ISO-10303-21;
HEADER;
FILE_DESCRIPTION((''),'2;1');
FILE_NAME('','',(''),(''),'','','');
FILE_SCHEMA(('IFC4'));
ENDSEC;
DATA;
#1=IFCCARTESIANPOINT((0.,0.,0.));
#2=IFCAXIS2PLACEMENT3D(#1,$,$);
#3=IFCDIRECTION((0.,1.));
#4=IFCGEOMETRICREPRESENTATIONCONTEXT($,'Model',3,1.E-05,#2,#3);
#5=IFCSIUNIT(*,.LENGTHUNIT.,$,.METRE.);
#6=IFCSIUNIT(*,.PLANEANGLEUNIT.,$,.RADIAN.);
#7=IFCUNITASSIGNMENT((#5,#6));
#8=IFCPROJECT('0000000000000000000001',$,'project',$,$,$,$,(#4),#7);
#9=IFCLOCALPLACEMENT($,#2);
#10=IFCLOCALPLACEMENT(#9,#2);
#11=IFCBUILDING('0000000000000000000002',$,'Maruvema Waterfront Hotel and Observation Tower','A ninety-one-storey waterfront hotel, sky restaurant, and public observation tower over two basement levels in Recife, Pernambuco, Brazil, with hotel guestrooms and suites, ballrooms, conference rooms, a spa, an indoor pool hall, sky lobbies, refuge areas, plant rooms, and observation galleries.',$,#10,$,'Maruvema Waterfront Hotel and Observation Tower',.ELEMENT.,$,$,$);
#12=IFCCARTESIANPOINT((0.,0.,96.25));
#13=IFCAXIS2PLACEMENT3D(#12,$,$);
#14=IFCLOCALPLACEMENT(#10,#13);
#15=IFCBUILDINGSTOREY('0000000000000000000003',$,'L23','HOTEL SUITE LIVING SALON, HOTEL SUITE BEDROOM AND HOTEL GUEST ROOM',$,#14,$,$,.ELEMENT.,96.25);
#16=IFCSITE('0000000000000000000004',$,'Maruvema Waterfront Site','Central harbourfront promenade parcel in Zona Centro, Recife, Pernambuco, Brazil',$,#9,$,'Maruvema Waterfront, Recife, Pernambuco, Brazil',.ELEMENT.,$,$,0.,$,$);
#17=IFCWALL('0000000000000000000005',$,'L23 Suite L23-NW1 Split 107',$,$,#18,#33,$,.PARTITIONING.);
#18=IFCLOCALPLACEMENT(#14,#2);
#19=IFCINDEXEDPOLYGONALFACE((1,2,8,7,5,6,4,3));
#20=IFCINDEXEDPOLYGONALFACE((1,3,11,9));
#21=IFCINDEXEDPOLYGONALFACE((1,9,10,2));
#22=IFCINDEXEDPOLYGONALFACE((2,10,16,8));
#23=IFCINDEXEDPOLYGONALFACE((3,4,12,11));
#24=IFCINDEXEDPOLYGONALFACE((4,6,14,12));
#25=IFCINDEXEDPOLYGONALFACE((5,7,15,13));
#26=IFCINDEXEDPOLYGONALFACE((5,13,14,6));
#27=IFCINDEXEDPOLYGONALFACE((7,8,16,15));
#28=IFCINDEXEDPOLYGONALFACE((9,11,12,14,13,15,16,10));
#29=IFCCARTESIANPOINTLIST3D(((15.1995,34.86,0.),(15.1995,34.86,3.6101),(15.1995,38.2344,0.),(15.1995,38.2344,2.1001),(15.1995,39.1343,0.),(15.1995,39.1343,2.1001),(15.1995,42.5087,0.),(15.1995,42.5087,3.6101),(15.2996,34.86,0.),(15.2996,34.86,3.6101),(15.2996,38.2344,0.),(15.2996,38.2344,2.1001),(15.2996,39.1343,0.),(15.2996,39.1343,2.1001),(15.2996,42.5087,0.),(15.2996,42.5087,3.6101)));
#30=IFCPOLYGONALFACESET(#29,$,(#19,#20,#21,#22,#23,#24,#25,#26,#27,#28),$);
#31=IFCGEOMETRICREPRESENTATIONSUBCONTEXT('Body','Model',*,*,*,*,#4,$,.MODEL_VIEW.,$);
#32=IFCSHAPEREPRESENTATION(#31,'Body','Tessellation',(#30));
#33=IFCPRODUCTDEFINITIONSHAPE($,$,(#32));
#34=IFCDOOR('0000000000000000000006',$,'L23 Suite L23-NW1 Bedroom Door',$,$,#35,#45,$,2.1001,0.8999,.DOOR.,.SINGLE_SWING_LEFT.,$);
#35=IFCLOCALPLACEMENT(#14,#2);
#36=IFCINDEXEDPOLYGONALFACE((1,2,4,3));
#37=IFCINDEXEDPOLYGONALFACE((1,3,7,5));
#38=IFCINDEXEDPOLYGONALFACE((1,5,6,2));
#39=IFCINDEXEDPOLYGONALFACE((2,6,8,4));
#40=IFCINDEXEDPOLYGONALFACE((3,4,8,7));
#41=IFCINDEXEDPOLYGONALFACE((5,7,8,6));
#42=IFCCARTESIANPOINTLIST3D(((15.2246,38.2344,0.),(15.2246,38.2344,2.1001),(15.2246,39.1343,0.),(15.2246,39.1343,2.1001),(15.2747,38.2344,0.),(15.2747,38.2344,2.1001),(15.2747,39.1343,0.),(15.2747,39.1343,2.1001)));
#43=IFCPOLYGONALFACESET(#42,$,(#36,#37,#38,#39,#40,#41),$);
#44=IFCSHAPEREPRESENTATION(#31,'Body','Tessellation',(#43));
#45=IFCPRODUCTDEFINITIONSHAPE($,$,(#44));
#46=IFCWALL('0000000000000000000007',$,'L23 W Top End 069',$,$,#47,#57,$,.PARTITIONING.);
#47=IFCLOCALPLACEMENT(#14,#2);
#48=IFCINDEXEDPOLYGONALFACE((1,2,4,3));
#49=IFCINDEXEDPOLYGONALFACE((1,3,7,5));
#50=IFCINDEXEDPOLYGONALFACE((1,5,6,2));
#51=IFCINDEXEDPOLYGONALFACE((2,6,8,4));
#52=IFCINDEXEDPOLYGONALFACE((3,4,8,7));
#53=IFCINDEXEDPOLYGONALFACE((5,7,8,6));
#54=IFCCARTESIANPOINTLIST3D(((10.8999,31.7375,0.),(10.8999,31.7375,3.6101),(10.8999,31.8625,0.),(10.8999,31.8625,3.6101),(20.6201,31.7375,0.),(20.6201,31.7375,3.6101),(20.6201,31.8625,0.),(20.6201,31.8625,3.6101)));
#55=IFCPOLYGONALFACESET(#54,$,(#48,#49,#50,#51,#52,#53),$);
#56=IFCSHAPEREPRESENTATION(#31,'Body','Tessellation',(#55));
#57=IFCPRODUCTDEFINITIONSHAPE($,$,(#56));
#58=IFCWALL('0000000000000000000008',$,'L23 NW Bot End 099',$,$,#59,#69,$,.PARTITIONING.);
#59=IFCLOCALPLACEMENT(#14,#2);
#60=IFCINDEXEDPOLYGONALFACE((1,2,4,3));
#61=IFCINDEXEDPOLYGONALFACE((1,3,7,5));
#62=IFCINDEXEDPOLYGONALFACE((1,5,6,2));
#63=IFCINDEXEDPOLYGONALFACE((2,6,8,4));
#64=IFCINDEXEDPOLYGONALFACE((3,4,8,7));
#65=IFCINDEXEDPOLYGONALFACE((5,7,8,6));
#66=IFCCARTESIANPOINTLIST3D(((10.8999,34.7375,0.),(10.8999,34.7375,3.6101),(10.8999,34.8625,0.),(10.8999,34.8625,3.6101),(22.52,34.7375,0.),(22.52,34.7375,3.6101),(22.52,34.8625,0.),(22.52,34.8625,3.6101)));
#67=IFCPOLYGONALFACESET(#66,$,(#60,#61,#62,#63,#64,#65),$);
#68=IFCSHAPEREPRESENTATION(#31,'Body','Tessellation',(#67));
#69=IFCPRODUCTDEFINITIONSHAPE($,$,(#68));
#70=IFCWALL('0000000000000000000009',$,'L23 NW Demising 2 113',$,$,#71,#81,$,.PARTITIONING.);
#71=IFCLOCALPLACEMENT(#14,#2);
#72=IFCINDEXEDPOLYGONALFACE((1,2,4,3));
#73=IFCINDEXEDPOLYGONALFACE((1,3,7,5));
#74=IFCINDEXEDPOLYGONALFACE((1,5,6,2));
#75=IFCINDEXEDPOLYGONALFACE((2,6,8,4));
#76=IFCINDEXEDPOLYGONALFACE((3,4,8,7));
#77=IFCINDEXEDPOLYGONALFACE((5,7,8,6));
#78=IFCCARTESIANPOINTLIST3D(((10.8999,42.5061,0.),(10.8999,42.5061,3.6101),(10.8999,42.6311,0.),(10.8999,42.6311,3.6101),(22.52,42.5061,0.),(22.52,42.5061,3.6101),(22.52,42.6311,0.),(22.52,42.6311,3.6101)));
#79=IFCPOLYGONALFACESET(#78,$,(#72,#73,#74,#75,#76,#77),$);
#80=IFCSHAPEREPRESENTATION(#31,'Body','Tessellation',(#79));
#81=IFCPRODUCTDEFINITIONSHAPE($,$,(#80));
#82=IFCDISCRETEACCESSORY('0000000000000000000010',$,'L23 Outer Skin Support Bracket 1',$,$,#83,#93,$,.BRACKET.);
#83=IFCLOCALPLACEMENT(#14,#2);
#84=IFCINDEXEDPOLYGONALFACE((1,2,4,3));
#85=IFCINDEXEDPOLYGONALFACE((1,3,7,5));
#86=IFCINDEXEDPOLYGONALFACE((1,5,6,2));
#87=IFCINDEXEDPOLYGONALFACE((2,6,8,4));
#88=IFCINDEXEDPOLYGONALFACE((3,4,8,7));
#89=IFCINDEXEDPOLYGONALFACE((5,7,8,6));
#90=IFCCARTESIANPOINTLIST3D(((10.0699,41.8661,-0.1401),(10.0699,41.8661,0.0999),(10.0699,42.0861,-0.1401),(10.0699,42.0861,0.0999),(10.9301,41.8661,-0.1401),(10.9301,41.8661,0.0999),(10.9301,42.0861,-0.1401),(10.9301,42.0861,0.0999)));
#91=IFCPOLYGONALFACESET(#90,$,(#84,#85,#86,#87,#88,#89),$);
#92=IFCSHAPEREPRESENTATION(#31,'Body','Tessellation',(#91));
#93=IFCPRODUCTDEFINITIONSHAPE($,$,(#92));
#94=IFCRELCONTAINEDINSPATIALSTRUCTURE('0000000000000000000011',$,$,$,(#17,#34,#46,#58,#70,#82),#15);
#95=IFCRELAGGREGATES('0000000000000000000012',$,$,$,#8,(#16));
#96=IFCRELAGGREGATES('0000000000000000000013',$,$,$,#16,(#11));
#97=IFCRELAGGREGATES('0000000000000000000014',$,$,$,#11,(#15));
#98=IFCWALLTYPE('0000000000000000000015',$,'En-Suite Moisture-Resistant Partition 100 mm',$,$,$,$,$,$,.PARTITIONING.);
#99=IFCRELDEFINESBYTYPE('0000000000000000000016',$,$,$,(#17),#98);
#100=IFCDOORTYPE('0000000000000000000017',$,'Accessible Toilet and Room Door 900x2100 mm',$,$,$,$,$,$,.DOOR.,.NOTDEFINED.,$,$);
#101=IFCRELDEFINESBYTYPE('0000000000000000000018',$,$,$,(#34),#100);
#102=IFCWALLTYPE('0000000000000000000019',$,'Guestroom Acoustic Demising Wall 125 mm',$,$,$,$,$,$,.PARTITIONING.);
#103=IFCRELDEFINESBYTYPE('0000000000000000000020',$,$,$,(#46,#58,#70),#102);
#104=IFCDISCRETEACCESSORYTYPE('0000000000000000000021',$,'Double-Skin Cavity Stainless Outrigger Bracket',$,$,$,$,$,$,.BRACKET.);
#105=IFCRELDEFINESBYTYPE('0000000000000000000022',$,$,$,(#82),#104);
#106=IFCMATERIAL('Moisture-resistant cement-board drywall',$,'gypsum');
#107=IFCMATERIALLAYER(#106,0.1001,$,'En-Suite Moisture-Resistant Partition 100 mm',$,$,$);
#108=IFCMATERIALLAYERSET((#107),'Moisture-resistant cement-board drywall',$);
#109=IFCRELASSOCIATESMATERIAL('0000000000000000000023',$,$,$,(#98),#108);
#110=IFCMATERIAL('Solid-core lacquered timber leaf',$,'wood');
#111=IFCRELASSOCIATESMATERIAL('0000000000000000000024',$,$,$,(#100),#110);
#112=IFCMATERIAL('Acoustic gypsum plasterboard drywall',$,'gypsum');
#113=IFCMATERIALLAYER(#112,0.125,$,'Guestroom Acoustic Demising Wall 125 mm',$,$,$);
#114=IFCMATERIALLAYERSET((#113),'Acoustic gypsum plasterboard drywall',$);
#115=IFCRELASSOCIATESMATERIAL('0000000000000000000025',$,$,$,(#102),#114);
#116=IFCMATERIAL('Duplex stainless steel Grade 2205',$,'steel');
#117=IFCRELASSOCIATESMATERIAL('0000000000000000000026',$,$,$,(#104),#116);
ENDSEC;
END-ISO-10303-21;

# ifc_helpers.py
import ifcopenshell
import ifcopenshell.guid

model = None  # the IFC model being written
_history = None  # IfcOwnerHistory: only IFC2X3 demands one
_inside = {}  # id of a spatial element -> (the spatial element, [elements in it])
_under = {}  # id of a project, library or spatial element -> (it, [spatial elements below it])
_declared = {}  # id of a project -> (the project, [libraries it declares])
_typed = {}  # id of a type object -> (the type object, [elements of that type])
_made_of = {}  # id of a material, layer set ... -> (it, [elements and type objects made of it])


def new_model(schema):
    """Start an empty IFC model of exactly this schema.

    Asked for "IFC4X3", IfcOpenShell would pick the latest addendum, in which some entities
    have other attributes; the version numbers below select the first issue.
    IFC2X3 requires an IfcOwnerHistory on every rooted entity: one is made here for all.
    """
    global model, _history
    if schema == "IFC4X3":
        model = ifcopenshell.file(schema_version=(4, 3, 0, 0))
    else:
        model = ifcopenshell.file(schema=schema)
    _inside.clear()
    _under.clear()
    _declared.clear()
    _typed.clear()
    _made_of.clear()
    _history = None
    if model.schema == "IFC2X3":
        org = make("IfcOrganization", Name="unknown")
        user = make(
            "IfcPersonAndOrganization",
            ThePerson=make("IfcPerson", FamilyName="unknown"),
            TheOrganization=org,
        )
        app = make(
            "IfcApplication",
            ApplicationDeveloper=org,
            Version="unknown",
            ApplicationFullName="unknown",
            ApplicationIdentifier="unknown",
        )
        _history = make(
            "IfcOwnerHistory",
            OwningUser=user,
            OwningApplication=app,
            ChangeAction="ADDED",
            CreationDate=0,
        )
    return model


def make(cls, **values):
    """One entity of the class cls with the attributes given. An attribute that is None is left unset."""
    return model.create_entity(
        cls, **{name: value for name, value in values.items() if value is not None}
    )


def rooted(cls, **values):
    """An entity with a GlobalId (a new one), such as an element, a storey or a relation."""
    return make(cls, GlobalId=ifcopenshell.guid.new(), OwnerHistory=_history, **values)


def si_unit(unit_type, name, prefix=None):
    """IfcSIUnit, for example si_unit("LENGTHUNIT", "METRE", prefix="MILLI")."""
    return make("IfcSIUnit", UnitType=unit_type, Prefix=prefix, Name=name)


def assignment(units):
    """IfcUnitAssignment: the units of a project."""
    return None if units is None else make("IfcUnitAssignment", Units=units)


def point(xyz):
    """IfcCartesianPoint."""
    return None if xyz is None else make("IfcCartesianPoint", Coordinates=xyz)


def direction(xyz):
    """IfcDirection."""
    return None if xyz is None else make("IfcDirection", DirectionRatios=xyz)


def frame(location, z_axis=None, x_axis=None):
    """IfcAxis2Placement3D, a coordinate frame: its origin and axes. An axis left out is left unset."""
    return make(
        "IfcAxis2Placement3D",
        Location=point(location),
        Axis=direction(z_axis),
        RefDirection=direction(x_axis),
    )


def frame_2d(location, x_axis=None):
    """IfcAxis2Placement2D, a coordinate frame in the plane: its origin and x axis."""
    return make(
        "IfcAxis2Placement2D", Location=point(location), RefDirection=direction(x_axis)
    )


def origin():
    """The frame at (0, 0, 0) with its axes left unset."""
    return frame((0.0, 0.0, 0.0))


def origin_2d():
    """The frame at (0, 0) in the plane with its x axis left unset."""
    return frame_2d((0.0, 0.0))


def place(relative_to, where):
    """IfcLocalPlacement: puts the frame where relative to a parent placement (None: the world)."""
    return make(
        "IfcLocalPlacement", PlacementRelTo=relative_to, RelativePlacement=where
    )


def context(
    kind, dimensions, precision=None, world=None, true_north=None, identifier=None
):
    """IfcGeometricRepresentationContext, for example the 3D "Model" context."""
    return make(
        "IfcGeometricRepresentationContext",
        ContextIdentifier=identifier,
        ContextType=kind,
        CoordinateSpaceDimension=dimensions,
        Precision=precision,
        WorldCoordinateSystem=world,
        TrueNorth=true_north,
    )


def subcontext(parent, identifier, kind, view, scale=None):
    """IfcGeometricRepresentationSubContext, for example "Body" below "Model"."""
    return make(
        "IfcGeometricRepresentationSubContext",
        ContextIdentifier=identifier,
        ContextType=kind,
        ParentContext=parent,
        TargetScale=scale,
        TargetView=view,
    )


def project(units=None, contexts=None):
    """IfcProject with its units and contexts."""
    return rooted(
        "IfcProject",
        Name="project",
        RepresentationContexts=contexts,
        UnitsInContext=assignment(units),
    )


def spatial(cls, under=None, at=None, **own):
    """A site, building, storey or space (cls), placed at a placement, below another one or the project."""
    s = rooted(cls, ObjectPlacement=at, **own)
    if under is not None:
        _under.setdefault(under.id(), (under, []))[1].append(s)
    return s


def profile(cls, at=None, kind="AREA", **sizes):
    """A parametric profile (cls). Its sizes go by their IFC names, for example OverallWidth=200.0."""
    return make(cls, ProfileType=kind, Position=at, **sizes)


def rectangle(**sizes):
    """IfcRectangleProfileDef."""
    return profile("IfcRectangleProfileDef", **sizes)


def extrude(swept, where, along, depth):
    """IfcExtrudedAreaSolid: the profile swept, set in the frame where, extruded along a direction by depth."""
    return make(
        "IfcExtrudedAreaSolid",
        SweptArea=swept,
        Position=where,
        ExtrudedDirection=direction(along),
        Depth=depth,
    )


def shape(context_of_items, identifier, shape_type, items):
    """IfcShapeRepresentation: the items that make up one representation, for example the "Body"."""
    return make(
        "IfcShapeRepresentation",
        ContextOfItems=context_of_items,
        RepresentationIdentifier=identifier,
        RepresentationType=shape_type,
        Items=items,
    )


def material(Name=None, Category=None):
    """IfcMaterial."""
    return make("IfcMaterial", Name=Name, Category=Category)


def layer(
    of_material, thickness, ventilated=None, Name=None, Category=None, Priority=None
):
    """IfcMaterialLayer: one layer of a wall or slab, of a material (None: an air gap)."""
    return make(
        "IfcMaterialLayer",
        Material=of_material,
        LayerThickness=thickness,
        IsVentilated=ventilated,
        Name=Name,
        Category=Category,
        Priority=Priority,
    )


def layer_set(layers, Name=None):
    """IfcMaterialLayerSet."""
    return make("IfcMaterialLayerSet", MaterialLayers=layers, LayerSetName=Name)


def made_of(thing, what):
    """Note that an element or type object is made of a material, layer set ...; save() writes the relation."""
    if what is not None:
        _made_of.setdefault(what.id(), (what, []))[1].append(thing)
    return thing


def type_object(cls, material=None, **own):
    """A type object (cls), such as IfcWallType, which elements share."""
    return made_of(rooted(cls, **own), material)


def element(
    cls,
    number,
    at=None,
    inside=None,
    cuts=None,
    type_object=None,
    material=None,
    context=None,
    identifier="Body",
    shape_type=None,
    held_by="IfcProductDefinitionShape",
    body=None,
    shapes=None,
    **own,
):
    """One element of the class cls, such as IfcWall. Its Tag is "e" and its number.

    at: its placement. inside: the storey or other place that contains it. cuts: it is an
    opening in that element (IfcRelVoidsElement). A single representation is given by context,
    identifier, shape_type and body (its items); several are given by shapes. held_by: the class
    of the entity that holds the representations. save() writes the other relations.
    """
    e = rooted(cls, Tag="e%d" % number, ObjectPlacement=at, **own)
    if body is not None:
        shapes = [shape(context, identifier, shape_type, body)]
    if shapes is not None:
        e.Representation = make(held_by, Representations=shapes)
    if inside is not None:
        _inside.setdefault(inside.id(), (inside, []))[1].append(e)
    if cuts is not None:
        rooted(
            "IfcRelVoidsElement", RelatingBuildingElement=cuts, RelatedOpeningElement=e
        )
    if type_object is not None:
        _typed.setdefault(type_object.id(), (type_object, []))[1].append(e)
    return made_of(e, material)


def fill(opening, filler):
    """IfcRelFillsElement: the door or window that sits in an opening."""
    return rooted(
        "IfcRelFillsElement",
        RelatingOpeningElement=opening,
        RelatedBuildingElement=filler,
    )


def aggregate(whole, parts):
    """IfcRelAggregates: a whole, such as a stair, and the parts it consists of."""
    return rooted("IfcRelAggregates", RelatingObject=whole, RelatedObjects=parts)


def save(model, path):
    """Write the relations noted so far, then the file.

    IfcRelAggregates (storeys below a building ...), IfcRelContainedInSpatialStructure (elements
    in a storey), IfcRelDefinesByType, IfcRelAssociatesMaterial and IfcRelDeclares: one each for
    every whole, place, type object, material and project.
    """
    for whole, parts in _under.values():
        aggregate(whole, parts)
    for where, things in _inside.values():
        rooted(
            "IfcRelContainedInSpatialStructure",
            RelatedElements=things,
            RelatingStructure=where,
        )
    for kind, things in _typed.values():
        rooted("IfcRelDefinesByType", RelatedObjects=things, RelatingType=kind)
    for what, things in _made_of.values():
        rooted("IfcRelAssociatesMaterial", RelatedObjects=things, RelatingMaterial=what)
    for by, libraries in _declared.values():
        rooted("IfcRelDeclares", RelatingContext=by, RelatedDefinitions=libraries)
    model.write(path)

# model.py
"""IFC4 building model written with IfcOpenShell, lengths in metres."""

from ifc_helpers import new_model, si_unit, direction, frame, frame_2d, origin, origin_2d, place, context, subcontext, project, spatial, rectangle, extrude, material, layer, layer_set, type_object, element, fill, save


model = new_model("IFC4")

# Units and contexts
model_context = context("Model", 3, precision=1e-05, world=origin(), true_north=direction((0.0, 1.0)))
body_context = subcontext(model_context, "Body", "Model", "MODEL_VIEW")
ifc_project = project(units=[si_unit("LENGTHUNIT", "METRE"), si_unit("PLANEANGLEUNIT", "RADIAN")], contexts=[model_context])

# Site, building, storey
site_placement = place(None, origin())
site = spatial("IfcSite", under=ifc_project, at=site_placement, Name="Maruvema Waterfront Site", Description="Central harbourfront promenade parcel in Zona Centro, Recife, Pernambuco, Brazil", LongName="Maruvema Waterfront, Recife, Pernambuco, Brazil", CompositionType="ELEMENT", RefElevation=0.0)
building_placement = place(site_placement, origin())
building = spatial("IfcBuilding", under=site, at=building_placement, Name="Maruvema Waterfront Hotel and Observation Tower", Description="A ninety-one-storey waterfront hotel, sky restaurant, and public observation tower over two basement levels in Recife, Pernambuco, Brazil, with hotel guestrooms and suites, ballrooms, conference rooms, a spa, an indoor pool hall, sky lobbies, refuge areas, plant rooms, and observation galleries.", LongName="Maruvema Waterfront Hotel and Observation Tower", CompositionType="ELEMENT")
storey_placement = place(building_placement, frame((0.0, 0.0, 96.25)))
storey = spatial("IfcBuildingStorey", under=building, at=storey_placement, Name="L23", Description="HOTEL SUITE LIVING SALON, HOTEL SUITE BEDROOM AND HOTEL GUEST ROOM", CompositionType="ELEMENT", Elevation=96.25)

# Shared definitions
ifc_material_1 = material(Name="Moisture-resistant cement-board drywall", Category="gypsum")
ifc_layer_1 = layer(ifc_material_1, 0.1001, Name="En-Suite Moisture-Resistant Partition 100 mm")
ifc_layer_set_1 = layer_set([ifc_layer_1], Name="Moisture-resistant cement-board drywall")
wall_type_1 = type_object("IfcWallType", Name="En-Suite Moisture-Resistant Partition 100 mm", PredefinedType="PARTITIONING", material=ifc_layer_set_1)

# Wall, opening, door
wall_1_placement = place(storey_placement, frame((15.2495, 34.8601, 0.0), z_axis=(0.0, 0.0, 1.0), x_axis=(0.0, 1.0, 0.0)))
wall_1 = element("IfcWall", 1, at=wall_1_placement, inside=storey, type_object=wall_type_1, Name="L23 Suite L23-NW1 Split 107", PredefinedType="PARTITIONING", context=body_context, shape_type="SweptSolid", body=[
    extrude(rectangle(XDim=7.6487, YDim=0.1001, at=frame_2d((3.8242, 0.0))), origin(), (0.0, 0.0, 1.0), 3.6101),
])
opening_1_placement = place(wall_1_placement, frame((3.3743, 0.0, 0.0)))
opening_1 = element("IfcOpeningElement", 2, at=opening_1_placement, cuts=wall_1, PredefinedType="OPENING", context=body_context, shape_type="SweptSolid", body=[
    extrude(rectangle(XDim=0.8999, YDim=2.1001, at=frame_2d((0.45, 1.05))), frame((0.0, 0.0601, 0.0), z_axis=(0.0, -1.0, 0.0), x_axis=(1.0, 0.0, 0.0)), (0.0, 0.0, 1.0), 0.1201),
])
ifc_material_2 = material(Name="Solid-core lacquered timber leaf", Category="wood")
door_type_1 = type_object("IfcDoorType", Name="Accessible Toilet and Room Door 900x2100 mm", OperationType="NOTDEFINED", PredefinedType="DOOR", material=ifc_material_2)
door_1_placement = place(opening_1_placement, origin())
door_1 = element("IfcDoor", 3, at=door_1_placement, inside=storey, type_object=door_type_1, Name="L23 Suite L23-NW1 Bedroom Door", OperationType="SINGLE_SWING_LEFT", OverallHeight=2.1001, OverallWidth=0.8999, PredefinedType="DOOR", context=body_context, shape_type="SweptSolid", body=[
    extrude(rectangle(XDim=0.8999, YDim=2.1001, at=frame_2d((0.45, 1.05))), frame((0.0, 0.0249, 0.0), z_axis=(0.0, -1.0, 0.0), x_axis=(1.0, 0.0, 0.0)), (0.0, 0.0, 1.0), 0.05),
])
fill(opening_1, door_1)

# Walls
ifc_material_3 = material(Name="Acoustic gypsum plasterboard drywall", Category="gypsum")
ifc_layer_2 = layer(ifc_material_3, 0.125, Name="Guestroom Acoustic Demising Wall 125 mm")
ifc_layer_set_2 = layer_set([ifc_layer_2], Name="Acoustic gypsum plasterboard drywall")
wall_type_2 = type_object("IfcWallType", Name="Guestroom Acoustic Demising Wall 125 mm", PredefinedType="PARTITIONING", material=ifc_layer_set_2)
wall_2_placement = place(storey_placement, frame((10.8999, 31.8, 0.0), z_axis=(0.0, 0.0, 1.0), x_axis=(1.0, 0.0, 0.0)))
element("IfcWall", 4, at=wall_2_placement, inside=storey, type_object=wall_type_2, Name="L23 W Top End 069", PredefinedType="PARTITIONING", context=body_context, shape_type="SweptSolid", body=[
    extrude(rectangle(XDim=9.7202, YDim=0.125, at=frame_2d((4.8601, 0.0))), origin(), (0.0, 0.0, 1.0), 3.6101),
])
for number, where, z_axis, x_axis, name in (
    (5, (10.8999, 34.8, 0.0), (0.0, 0.0, 1.0), (1.0, 0.0, 0.0), "L23 NW Bot End 099"),
    (6, (10.8999, 42.5686, 0.0), (0.0, 0.0, 1.0), (1.0, 0.0, 0.0), "L23 NW Demising 2 113"),
):
    element("IfcWall", number, at=place(storey_placement, frame(where, z_axis=z_axis, x_axis=x_axis)), inside=storey, type_object=wall_type_2, Name=name, PredefinedType="PARTITIONING", context=body_context, shape_type="SweptSolid", body=[
        extrude(rectangle(XDim=11.6201, YDim=0.125, at=frame_2d((5.8101, 0.0))), origin(), (0.0, 0.0, 1.0), 3.6101),
    ])

# Discrete accessory
ifc_material_4 = material(Name="Duplex stainless steel Grade 2205", Category="steel")
discrete_accessory_type = type_object("IfcDiscreteAccessoryType", Name="Double-Skin Cavity Stainless Outrigger Bracket", PredefinedType="BRACKET", material=ifc_material_4)
discrete_accessory_placement = place(storey_placement, frame((10.5, 41.9761, -0.1401), z_axis=(0.0, 0.0, 1.0), x_axis=(0.0, -1.0, 0.0)))
element("IfcDiscreteAccessory", 7, at=discrete_accessory_placement, inside=storey, type_object=discrete_accessory_type, Name="L23 Outer Skin Support Bracket 1", PredefinedType="BRACKET", context=body_context, shape_type="SweptSolid", body=[
    extrude(rectangle(XDim=0.22, YDim=0.8601, at=origin_2d()), origin(), (0.0, 0.0, 1.0), 0.24),
])

save(model, "model.ifc")
